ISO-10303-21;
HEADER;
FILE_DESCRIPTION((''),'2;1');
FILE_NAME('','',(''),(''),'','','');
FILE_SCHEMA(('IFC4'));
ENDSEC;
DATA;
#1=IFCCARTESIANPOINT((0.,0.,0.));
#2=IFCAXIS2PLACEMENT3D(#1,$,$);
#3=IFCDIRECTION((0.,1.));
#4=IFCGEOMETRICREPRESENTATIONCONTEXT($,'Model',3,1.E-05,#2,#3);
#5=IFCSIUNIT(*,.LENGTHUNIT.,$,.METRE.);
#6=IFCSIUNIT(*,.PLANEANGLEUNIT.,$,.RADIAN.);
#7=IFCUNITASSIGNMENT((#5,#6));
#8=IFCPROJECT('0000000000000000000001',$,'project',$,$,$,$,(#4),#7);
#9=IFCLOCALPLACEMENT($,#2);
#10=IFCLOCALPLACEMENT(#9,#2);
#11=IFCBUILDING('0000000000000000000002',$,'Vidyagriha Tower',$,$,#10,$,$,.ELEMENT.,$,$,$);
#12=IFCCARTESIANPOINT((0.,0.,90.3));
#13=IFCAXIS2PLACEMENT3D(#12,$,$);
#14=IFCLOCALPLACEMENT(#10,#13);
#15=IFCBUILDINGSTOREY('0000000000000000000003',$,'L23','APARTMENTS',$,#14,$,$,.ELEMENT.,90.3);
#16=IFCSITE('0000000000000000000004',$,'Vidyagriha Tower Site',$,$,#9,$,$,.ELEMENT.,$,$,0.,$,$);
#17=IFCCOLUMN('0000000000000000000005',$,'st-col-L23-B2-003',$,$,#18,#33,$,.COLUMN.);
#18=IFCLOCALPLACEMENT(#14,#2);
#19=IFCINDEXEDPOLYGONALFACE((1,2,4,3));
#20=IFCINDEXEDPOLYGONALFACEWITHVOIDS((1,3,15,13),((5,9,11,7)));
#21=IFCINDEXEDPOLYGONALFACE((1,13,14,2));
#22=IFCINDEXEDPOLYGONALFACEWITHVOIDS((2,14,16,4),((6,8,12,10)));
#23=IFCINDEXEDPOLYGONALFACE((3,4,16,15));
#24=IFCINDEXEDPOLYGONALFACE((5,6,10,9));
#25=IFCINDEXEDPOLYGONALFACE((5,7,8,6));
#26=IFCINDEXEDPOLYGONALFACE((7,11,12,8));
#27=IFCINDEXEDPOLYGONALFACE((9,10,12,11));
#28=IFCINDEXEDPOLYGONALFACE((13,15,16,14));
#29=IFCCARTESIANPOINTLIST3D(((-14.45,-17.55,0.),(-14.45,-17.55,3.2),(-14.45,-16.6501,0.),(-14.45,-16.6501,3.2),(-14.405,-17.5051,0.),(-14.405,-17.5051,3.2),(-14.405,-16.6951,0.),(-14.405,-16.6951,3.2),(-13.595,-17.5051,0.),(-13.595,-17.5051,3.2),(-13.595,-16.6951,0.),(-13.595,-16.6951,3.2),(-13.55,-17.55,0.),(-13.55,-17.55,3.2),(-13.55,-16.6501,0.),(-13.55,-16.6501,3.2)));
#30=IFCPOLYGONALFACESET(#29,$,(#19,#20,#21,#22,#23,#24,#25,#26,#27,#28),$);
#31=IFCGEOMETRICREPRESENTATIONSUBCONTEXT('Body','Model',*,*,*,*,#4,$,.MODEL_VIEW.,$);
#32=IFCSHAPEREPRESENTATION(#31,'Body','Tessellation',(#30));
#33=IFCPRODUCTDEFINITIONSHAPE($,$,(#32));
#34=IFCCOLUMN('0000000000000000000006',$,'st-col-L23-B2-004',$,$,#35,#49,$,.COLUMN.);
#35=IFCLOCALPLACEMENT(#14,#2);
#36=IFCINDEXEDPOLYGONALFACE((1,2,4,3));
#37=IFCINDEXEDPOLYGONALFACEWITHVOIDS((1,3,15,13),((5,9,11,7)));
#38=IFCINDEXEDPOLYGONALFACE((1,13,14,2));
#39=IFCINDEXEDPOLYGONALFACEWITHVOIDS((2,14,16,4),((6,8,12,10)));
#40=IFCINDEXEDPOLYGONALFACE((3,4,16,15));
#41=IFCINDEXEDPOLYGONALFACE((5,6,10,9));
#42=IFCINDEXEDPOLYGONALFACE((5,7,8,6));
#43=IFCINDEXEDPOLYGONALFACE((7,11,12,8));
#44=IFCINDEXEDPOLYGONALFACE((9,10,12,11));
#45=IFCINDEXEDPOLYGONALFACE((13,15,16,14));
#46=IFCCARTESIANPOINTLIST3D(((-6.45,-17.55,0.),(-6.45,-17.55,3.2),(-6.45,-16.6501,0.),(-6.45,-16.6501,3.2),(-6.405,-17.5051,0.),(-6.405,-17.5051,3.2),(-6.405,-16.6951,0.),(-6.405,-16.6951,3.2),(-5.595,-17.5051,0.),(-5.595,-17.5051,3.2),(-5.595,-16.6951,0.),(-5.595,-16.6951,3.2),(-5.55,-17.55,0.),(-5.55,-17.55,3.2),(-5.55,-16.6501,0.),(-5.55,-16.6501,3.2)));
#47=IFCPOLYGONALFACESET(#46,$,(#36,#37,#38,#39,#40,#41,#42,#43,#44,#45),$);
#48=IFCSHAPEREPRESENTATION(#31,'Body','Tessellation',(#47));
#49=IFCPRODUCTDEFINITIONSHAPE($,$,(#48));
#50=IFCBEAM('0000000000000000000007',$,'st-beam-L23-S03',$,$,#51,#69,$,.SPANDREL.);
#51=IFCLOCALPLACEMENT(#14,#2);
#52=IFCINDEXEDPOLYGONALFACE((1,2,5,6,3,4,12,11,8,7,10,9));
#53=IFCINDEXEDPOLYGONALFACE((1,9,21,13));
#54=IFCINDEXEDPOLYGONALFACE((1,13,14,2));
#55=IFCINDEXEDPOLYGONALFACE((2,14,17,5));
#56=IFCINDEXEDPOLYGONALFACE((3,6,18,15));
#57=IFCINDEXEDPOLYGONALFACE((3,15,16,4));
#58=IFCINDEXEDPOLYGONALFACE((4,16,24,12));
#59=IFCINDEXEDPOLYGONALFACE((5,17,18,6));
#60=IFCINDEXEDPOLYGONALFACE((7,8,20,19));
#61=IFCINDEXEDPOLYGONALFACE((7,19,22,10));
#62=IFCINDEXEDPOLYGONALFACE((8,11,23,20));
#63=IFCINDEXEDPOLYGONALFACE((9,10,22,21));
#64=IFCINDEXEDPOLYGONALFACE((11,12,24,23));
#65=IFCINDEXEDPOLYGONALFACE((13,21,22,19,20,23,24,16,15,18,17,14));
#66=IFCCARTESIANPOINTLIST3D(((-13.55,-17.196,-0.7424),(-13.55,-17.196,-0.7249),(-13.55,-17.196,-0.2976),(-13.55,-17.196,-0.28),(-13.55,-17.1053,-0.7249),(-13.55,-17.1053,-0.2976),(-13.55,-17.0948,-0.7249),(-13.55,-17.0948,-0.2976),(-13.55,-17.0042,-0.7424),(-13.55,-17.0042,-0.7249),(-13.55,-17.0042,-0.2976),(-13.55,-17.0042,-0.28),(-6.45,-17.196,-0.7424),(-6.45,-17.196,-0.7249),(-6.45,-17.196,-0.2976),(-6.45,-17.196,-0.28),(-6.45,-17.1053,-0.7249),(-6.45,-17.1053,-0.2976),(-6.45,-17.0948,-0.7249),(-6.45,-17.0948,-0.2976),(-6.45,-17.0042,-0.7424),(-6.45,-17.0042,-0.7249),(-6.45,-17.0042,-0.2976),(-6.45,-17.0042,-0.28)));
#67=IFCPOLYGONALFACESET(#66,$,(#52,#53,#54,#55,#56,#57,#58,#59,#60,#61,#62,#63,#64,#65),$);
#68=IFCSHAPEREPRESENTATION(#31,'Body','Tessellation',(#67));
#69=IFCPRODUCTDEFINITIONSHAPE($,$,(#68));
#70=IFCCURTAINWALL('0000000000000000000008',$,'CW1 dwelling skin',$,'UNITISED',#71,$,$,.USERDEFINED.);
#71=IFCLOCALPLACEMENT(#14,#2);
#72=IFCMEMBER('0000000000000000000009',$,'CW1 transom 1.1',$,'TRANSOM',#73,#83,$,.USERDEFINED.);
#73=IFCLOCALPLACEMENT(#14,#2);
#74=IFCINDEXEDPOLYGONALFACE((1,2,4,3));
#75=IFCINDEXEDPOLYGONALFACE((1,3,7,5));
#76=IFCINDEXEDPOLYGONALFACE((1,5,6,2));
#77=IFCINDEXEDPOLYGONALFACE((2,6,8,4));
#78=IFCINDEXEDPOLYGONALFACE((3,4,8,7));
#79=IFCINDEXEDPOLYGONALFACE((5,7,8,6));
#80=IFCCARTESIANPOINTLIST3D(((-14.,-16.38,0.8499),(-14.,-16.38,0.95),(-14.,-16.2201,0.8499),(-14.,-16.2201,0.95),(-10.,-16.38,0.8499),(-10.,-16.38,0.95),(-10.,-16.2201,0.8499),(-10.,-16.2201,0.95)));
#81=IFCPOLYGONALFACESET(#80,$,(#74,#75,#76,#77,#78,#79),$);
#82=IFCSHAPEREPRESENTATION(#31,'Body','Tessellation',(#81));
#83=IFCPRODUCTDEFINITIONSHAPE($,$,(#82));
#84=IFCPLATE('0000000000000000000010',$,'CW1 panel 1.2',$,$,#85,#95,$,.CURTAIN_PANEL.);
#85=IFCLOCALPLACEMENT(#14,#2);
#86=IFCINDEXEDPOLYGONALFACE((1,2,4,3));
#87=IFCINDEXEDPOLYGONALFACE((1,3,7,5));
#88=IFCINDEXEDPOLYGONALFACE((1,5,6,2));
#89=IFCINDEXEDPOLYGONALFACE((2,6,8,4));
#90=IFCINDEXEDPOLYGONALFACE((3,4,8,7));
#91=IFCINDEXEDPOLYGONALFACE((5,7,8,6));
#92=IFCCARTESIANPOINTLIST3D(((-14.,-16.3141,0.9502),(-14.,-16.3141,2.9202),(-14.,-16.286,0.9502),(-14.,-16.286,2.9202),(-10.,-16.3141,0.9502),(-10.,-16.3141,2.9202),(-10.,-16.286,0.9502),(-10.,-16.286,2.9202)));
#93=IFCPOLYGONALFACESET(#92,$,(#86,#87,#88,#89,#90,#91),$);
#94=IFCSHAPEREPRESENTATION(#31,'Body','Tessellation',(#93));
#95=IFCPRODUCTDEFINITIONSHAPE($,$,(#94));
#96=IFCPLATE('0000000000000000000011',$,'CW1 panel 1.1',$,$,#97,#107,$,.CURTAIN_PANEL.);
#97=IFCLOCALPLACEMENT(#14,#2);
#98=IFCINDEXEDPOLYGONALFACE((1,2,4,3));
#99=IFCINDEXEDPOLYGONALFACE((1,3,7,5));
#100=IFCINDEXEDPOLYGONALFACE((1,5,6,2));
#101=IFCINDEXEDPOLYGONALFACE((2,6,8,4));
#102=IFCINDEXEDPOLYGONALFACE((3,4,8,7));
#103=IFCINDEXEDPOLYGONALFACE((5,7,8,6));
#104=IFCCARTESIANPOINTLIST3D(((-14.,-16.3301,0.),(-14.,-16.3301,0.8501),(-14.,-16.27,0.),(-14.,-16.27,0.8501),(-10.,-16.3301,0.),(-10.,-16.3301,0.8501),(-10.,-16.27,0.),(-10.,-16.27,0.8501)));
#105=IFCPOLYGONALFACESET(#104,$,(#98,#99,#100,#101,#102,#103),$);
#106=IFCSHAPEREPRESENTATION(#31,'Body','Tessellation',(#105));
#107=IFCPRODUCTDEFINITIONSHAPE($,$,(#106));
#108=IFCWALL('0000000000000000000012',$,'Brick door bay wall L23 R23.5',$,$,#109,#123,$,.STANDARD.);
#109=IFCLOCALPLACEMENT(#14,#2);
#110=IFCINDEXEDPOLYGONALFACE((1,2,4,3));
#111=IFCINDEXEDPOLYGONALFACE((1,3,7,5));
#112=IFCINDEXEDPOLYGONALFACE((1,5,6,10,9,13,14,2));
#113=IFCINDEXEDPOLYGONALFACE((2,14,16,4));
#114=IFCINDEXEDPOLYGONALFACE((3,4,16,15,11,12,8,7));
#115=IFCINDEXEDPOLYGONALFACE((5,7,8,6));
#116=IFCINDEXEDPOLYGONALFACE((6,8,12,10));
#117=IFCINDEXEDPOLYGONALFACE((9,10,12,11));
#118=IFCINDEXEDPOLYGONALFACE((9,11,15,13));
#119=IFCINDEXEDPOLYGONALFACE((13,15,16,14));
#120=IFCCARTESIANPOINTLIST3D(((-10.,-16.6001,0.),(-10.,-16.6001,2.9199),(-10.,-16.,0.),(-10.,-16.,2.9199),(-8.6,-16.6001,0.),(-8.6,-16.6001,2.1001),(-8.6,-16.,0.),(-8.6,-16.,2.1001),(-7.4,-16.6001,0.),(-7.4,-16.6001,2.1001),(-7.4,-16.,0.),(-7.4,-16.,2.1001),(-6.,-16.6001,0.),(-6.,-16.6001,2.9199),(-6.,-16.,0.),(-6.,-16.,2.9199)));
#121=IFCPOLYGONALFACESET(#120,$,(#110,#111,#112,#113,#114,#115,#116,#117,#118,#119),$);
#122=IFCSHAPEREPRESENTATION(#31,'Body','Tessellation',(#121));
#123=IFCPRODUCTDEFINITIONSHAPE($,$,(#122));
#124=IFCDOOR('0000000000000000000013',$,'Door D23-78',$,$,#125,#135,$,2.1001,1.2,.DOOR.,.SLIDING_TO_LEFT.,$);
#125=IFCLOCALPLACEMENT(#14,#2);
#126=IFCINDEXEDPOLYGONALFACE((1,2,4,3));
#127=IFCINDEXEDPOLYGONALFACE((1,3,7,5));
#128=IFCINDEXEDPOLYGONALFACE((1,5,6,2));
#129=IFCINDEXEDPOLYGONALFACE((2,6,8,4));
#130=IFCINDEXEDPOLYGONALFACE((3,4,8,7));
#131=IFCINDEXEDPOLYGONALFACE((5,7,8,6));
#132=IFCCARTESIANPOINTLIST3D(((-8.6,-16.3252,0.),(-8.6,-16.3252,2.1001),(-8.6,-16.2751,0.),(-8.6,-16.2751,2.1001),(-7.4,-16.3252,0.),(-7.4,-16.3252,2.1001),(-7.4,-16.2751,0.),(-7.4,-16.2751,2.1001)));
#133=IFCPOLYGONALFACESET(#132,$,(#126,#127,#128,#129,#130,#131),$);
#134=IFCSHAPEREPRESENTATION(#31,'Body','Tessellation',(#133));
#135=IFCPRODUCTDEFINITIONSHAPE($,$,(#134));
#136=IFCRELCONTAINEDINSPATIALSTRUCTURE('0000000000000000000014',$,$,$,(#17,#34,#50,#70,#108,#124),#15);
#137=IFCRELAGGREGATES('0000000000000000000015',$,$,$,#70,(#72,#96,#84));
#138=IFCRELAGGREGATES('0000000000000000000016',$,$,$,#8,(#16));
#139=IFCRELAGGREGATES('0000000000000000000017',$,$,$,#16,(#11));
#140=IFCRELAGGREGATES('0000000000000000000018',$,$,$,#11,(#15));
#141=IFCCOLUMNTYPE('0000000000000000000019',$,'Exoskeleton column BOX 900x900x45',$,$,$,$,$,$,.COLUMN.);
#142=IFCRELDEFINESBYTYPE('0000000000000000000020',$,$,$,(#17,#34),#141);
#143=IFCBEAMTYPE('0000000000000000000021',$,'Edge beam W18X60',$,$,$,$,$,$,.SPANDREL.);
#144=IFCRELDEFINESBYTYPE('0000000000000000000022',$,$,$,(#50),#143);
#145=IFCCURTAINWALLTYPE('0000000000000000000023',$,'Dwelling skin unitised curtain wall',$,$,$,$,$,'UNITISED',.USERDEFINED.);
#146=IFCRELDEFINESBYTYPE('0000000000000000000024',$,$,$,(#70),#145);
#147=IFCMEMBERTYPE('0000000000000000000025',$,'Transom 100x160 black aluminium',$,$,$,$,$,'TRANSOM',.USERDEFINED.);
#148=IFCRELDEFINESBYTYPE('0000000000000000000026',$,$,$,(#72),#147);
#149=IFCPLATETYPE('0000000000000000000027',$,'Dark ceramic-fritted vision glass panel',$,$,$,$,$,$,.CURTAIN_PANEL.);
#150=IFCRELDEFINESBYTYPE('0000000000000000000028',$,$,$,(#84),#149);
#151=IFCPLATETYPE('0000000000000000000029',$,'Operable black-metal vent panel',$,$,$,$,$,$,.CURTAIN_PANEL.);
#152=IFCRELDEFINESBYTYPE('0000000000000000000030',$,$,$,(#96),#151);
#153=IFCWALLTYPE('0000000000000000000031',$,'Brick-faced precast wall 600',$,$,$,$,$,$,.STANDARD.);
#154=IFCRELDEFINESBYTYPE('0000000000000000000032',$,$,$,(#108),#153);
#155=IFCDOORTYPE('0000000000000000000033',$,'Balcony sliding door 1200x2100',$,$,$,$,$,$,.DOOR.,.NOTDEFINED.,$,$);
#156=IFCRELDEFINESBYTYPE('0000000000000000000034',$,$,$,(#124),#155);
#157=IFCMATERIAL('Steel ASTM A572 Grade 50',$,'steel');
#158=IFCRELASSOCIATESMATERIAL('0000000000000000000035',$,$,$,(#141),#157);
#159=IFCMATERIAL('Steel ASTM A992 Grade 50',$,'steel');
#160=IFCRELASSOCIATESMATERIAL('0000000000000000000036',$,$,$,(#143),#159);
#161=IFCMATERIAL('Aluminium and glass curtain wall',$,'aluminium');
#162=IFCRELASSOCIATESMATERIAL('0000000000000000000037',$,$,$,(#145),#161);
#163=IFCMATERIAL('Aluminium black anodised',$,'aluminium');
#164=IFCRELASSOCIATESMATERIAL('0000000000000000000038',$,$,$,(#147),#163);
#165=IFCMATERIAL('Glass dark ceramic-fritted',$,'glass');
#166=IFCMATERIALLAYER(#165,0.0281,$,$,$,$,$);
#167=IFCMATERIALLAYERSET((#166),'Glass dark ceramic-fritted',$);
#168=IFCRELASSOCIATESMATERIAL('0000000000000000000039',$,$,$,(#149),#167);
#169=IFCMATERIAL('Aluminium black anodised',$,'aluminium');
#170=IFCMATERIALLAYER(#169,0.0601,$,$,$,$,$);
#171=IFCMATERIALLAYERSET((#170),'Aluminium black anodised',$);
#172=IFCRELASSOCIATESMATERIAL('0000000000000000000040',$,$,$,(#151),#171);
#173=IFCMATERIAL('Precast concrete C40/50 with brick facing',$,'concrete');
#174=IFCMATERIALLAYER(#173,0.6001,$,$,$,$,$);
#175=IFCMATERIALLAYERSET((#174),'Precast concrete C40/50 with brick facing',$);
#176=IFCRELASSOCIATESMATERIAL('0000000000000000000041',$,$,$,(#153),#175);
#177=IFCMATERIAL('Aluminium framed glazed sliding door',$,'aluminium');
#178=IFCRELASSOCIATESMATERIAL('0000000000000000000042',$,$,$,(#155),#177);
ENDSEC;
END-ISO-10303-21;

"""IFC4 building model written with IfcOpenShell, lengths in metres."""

from ifc_helpers import new_model, si_unit, direction, frame, frame_2d, origin, origin_2d, place, context, subcontext, project, spatial, rectangle, hollow_rectangle, i_section, extrude, material, layer, layer_set, material_profile, profile_set, type_object, element, fill, aggregate, save


model = new_model("IFC4")

# Units and contexts
model_context = context("Model", 3, precision=1e-05, world=origin(), true_north=direction((0.0, 1.0)))
body_context = subcontext(model_context, "Body", "Model", "MODEL_VIEW")
ifc_project = project(units=[si_unit("LENGTHUNIT", "METRE"), si_unit("PLANEANGLEUNIT", "RADIAN")], contexts=[model_context])

# Site, building, storey
site_placement = place(None, origin())
site = spatial("IfcSite", under=ifc_project, at=site_placement, Name="Vidyagriha Tower Site", CompositionType="ELEMENT", RefElevation=0.0)
building_placement = place(site_placement, origin())
building = spatial("IfcBuilding", under=site, at=building_placement, Name="Vidyagriha Tower", CompositionType="ELEMENT")
storey_placement = place(building_placement, frame((0.0, 0.0, 90.3)))
storey = spatial("IfcBuildingStorey", under=building, at=storey_placement, Name="L23", Description="APARTMENTS", CompositionType="ELEMENT", Elevation=90.3)

# Columns
ifc_material_1 = material(Name="Steel ASTM A572 Grade 50", Category="steel")
ifc_material_profile_1 = material_profile(ifc_material_1, hollow_rectangle(XDim=0.8999, YDim=0.8999, WallThickness=0.0449, at=origin_2d()), Name="BOX 900x900x45")
ifc_profile_set_1 = profile_set([ifc_material_profile_1], Name="Steel ASTM A572 Grade 50")
column_type = type_object("IfcColumnType", Name="Exoskeleton column BOX 900x900x45", PredefinedType="COLUMN", material=ifc_profile_set_1)
for number, where, name in (
    (1, (-14.0, -17.1001, 0.0), "st-col-L23-B2-003"),
    (2, (-6.0, -17.1001, 0.0), "st-col-L23-B2-004"),
):
    element("IfcColumn", number, at=place(storey_placement, frame(where)), inside=storey, type_object=column_type, Name=name, PredefinedType="COLUMN", context=body_context, shape_type="SweptSolid", body=[
        extrude(hollow_rectangle(XDim=0.8999, YDim=0.8999, WallThickness=0.0449, at=origin_2d()), origin(), (0.0, 0.0, 1.0), 3.2),
    ])

# Beam
ifc_material_2 = material(Name="Steel ASTM A992 Grade 50", Category="steel")
ifc_material_profile_2 = material_profile(ifc_material_2, i_section(OverallWidth=0.1919, OverallDepth=0.4624, WebThickness=0.0105, FlangeThickness=0.0176, at=origin_2d()), Name="W18X60")
ifc_profile_set_2 = profile_set([ifc_material_profile_2], Name="Steel ASTM A992 Grade 50")
beam_type = type_object("IfcBeamType", Name="Edge beam W18X60", PredefinedType="SPANDREL", material=ifc_profile_set_2)
beam_placement = place(storey_placement, frame((-13.55, -17.1001, -0.5112), z_axis=(1.0, 0.0, 0.0), x_axis=(0.0, 1.0, 0.0)))
element("IfcBeam", 3, at=beam_placement, inside=storey, type_object=beam_type, Name="st-beam-L23-S03", PredefinedType="SPANDREL", context=body_context, shape_type="SweptSolid", body=[
    extrude(i_section(OverallWidth=0.1919, OverallDepth=0.4624, WebThickness=0.0105, FlangeThickness=0.0176, at=origin_2d()), origin(), (0.0, 0.0, 1.0), 7.1001),
])

# Curtain wall, member, plates
ifc_material_3 = material(Name="Aluminium and glass curtain wall", Category="aluminium")
curtain_wall_type = type_object("IfcCurtainWallType", Name="Dwelling skin unitised curtain wall", ElementType="UNITISED", PredefinedType="USERDEFINED", material=ifc_material_3)
curtain_wall_placement = place(storey_placement, origin())
curtain_wall = element("IfcCurtainWall", 4, at=curtain_wall_placement, inside=storey, type_object=curtain_wall_type, Name="CW1 dwelling skin", ObjectType="UNITISED", PredefinedType="USERDEFINED")
ifc_material_4 = material(Name="Aluminium black anodised", Category="aluminium")
ifc_material_profile_3 = material_profile(ifc_material_4, rectangle(XDim=0.1599, YDim=0.1001, at=origin_2d()), Name="Transom 100x160 black aluminium")
ifc_profile_set_3 = profile_set([ifc_material_profile_3], Name="Aluminium black anodised")
member_type = type_object("IfcMemberType", Name="Transom 100x160 black aluminium", ElementType="TRANSOM", PredefinedType="USERDEFINED", material=ifc_profile_set_3)
member_placement = place(storey_placement, frame((-14.0, -16.3, 0.8999), z_axis=(1.0, 0.0, 0.0), x_axis=(0.0, 1.0, 0.0)))
member = element("IfcMember", 5, at=member_placement, type_object=member_type, Name="CW1 transom 1.1", ObjectType="TRANSOM", PredefinedType="USERDEFINED", context=body_context, shape_type="SweptSolid", body=[
    extrude(rectangle(XDim=0.1599, YDim=0.1001, at=origin_2d()), origin(), (0.0, 0.0, 1.0), 4.0),
])
ifc_material_5 = material(Name="Glass dark ceramic-fritted", Category="glass")
ifc_layer_1 = layer(ifc_material_5, 0.0281)
ifc_layer_set_1 = layer_set([ifc_layer_1], Name="Glass dark ceramic-fritted")
plate_type_1 = type_object("IfcPlateType", Name="Dark ceramic-fritted vision glass panel", PredefinedType="CURTAIN_PANEL", material=ifc_layer_set_1)
plate_1_placement = place(storey_placement, frame((-12.0, -16.3, 0.9502)))
plate_1 = element("IfcPlate", 6, at=plate_1_placement, type_object=plate_type_1, Name="CW1 panel 1.2", PredefinedType="CURTAIN_PANEL", context=body_context, shape_type="SweptSolid", body=[
    extrude(rectangle(XDim=4.0, YDim=0.0281, at=origin_2d()), origin(), (0.0, 0.0, 1.0), 1.97),
])
ifc_material_6 = material(Name="Aluminium black anodised", Category="aluminium")
ifc_layer_2 = layer(ifc_material_6, 0.0601)
ifc_layer_set_2 = layer_set([ifc_layer_2], Name="Aluminium black anodised")
plate_type_2 = type_object("IfcPlateType", Name="Operable black-metal vent panel", PredefinedType="CURTAIN_PANEL", material=ifc_layer_set_2)
plate_2_placement = place(storey_placement, frame((-12.0, -16.3, 0.0)))
plate_2 = element("IfcPlate", 7, at=plate_2_placement, type_object=plate_type_2, Name="CW1 panel 1.1", PredefinedType="CURTAIN_PANEL", context=body_context, shape_type="SweptSolid", body=[
    extrude(rectangle(XDim=4.0, YDim=0.0601, at=origin_2d()), origin(), (0.0, 0.0, 1.0), 0.8501),
])
aggregate(curtain_wall, [member, plate_2, plate_1])

# Wall, opening, door
ifc_material_7 = material(Name="Precast concrete C40/50 with brick facing", Category="concrete")
ifc_layer_3 = layer(ifc_material_7, 0.6001)
ifc_layer_set_3 = layer_set([ifc_layer_3], Name="Precast concrete C40/50 with brick facing")
wall_type_1 = type_object("IfcWallType", Name="Brick-faced precast wall 600", PredefinedType="STANDARD", material=ifc_layer_set_3)
wall_1_placement = place(storey_placement, frame((-10.0, -16.3, 0.0)))
wall_1 = element("IfcWall", 8, at=wall_1_placement, inside=storey, type_object=wall_type_1, Name="Brick door bay wall L23 R23.5", PredefinedType="STANDARD", context=body_context, shape_type="SweptSolid", body=[
    extrude(rectangle(XDim=4.0, YDim=0.6001, at=frame_2d((2.0, 0.0))), origin(), (0.0, 0.0, 1.0), 2.9199),
])
opening_1_placement = place(wall_1_placement, frame((1.3999, 0.0, 0.0)))
opening_1 = element("IfcOpeningElement", 9, at=opening_1_placement, cuts=wall_1, PredefinedType="OPENING", context=body_context, shape_type="SweptSolid", body=[
    extrude(rectangle(XDim=1.2, YDim=2.1001, at=frame_2d((0.6001, 1.05))), frame((0.0, 0.3101, 0.0), z_axis=(0.0, -1.0, 0.0), x_axis=(1.0, 0.0, 0.0)), (0.0, 0.0, 1.0), 0.6201),
])
ifc_material_8 = material(Name="Aluminium framed glazed sliding door", Category="aluminium")
door_type_1 = type_object("IfcDoorType", Name="Balcony sliding door 1200x2100", OperationType="NOTDEFINED", PredefinedType="DOOR", material=ifc_material_8)
door_1_placement = place(opening_1_placement, origin())
door_1 = element("IfcDoor", 10, at=door_1_placement, inside=storey, type_object=door_type_1, Name="Door D23-78", OperationType="SLIDING_TO_LEFT", OverallHeight=2.1001, OverallWidth=1.2, PredefinedType="DOOR", context=body_context, shape_type="SweptSolid", body=[
    extrude(rectangle(XDim=1.2, YDim=2.1001, at=frame_2d((0.6001, 1.05))), frame((0.0, 0.0249, 0.0), z_axis=(0.0, -1.0, 0.0), x_axis=(1.0, 0.0, 0.0)), (0.0, 0.0, 1.0), 0.05),
])
fill(opening_1, door_1)

save(model, "model.ifc")
